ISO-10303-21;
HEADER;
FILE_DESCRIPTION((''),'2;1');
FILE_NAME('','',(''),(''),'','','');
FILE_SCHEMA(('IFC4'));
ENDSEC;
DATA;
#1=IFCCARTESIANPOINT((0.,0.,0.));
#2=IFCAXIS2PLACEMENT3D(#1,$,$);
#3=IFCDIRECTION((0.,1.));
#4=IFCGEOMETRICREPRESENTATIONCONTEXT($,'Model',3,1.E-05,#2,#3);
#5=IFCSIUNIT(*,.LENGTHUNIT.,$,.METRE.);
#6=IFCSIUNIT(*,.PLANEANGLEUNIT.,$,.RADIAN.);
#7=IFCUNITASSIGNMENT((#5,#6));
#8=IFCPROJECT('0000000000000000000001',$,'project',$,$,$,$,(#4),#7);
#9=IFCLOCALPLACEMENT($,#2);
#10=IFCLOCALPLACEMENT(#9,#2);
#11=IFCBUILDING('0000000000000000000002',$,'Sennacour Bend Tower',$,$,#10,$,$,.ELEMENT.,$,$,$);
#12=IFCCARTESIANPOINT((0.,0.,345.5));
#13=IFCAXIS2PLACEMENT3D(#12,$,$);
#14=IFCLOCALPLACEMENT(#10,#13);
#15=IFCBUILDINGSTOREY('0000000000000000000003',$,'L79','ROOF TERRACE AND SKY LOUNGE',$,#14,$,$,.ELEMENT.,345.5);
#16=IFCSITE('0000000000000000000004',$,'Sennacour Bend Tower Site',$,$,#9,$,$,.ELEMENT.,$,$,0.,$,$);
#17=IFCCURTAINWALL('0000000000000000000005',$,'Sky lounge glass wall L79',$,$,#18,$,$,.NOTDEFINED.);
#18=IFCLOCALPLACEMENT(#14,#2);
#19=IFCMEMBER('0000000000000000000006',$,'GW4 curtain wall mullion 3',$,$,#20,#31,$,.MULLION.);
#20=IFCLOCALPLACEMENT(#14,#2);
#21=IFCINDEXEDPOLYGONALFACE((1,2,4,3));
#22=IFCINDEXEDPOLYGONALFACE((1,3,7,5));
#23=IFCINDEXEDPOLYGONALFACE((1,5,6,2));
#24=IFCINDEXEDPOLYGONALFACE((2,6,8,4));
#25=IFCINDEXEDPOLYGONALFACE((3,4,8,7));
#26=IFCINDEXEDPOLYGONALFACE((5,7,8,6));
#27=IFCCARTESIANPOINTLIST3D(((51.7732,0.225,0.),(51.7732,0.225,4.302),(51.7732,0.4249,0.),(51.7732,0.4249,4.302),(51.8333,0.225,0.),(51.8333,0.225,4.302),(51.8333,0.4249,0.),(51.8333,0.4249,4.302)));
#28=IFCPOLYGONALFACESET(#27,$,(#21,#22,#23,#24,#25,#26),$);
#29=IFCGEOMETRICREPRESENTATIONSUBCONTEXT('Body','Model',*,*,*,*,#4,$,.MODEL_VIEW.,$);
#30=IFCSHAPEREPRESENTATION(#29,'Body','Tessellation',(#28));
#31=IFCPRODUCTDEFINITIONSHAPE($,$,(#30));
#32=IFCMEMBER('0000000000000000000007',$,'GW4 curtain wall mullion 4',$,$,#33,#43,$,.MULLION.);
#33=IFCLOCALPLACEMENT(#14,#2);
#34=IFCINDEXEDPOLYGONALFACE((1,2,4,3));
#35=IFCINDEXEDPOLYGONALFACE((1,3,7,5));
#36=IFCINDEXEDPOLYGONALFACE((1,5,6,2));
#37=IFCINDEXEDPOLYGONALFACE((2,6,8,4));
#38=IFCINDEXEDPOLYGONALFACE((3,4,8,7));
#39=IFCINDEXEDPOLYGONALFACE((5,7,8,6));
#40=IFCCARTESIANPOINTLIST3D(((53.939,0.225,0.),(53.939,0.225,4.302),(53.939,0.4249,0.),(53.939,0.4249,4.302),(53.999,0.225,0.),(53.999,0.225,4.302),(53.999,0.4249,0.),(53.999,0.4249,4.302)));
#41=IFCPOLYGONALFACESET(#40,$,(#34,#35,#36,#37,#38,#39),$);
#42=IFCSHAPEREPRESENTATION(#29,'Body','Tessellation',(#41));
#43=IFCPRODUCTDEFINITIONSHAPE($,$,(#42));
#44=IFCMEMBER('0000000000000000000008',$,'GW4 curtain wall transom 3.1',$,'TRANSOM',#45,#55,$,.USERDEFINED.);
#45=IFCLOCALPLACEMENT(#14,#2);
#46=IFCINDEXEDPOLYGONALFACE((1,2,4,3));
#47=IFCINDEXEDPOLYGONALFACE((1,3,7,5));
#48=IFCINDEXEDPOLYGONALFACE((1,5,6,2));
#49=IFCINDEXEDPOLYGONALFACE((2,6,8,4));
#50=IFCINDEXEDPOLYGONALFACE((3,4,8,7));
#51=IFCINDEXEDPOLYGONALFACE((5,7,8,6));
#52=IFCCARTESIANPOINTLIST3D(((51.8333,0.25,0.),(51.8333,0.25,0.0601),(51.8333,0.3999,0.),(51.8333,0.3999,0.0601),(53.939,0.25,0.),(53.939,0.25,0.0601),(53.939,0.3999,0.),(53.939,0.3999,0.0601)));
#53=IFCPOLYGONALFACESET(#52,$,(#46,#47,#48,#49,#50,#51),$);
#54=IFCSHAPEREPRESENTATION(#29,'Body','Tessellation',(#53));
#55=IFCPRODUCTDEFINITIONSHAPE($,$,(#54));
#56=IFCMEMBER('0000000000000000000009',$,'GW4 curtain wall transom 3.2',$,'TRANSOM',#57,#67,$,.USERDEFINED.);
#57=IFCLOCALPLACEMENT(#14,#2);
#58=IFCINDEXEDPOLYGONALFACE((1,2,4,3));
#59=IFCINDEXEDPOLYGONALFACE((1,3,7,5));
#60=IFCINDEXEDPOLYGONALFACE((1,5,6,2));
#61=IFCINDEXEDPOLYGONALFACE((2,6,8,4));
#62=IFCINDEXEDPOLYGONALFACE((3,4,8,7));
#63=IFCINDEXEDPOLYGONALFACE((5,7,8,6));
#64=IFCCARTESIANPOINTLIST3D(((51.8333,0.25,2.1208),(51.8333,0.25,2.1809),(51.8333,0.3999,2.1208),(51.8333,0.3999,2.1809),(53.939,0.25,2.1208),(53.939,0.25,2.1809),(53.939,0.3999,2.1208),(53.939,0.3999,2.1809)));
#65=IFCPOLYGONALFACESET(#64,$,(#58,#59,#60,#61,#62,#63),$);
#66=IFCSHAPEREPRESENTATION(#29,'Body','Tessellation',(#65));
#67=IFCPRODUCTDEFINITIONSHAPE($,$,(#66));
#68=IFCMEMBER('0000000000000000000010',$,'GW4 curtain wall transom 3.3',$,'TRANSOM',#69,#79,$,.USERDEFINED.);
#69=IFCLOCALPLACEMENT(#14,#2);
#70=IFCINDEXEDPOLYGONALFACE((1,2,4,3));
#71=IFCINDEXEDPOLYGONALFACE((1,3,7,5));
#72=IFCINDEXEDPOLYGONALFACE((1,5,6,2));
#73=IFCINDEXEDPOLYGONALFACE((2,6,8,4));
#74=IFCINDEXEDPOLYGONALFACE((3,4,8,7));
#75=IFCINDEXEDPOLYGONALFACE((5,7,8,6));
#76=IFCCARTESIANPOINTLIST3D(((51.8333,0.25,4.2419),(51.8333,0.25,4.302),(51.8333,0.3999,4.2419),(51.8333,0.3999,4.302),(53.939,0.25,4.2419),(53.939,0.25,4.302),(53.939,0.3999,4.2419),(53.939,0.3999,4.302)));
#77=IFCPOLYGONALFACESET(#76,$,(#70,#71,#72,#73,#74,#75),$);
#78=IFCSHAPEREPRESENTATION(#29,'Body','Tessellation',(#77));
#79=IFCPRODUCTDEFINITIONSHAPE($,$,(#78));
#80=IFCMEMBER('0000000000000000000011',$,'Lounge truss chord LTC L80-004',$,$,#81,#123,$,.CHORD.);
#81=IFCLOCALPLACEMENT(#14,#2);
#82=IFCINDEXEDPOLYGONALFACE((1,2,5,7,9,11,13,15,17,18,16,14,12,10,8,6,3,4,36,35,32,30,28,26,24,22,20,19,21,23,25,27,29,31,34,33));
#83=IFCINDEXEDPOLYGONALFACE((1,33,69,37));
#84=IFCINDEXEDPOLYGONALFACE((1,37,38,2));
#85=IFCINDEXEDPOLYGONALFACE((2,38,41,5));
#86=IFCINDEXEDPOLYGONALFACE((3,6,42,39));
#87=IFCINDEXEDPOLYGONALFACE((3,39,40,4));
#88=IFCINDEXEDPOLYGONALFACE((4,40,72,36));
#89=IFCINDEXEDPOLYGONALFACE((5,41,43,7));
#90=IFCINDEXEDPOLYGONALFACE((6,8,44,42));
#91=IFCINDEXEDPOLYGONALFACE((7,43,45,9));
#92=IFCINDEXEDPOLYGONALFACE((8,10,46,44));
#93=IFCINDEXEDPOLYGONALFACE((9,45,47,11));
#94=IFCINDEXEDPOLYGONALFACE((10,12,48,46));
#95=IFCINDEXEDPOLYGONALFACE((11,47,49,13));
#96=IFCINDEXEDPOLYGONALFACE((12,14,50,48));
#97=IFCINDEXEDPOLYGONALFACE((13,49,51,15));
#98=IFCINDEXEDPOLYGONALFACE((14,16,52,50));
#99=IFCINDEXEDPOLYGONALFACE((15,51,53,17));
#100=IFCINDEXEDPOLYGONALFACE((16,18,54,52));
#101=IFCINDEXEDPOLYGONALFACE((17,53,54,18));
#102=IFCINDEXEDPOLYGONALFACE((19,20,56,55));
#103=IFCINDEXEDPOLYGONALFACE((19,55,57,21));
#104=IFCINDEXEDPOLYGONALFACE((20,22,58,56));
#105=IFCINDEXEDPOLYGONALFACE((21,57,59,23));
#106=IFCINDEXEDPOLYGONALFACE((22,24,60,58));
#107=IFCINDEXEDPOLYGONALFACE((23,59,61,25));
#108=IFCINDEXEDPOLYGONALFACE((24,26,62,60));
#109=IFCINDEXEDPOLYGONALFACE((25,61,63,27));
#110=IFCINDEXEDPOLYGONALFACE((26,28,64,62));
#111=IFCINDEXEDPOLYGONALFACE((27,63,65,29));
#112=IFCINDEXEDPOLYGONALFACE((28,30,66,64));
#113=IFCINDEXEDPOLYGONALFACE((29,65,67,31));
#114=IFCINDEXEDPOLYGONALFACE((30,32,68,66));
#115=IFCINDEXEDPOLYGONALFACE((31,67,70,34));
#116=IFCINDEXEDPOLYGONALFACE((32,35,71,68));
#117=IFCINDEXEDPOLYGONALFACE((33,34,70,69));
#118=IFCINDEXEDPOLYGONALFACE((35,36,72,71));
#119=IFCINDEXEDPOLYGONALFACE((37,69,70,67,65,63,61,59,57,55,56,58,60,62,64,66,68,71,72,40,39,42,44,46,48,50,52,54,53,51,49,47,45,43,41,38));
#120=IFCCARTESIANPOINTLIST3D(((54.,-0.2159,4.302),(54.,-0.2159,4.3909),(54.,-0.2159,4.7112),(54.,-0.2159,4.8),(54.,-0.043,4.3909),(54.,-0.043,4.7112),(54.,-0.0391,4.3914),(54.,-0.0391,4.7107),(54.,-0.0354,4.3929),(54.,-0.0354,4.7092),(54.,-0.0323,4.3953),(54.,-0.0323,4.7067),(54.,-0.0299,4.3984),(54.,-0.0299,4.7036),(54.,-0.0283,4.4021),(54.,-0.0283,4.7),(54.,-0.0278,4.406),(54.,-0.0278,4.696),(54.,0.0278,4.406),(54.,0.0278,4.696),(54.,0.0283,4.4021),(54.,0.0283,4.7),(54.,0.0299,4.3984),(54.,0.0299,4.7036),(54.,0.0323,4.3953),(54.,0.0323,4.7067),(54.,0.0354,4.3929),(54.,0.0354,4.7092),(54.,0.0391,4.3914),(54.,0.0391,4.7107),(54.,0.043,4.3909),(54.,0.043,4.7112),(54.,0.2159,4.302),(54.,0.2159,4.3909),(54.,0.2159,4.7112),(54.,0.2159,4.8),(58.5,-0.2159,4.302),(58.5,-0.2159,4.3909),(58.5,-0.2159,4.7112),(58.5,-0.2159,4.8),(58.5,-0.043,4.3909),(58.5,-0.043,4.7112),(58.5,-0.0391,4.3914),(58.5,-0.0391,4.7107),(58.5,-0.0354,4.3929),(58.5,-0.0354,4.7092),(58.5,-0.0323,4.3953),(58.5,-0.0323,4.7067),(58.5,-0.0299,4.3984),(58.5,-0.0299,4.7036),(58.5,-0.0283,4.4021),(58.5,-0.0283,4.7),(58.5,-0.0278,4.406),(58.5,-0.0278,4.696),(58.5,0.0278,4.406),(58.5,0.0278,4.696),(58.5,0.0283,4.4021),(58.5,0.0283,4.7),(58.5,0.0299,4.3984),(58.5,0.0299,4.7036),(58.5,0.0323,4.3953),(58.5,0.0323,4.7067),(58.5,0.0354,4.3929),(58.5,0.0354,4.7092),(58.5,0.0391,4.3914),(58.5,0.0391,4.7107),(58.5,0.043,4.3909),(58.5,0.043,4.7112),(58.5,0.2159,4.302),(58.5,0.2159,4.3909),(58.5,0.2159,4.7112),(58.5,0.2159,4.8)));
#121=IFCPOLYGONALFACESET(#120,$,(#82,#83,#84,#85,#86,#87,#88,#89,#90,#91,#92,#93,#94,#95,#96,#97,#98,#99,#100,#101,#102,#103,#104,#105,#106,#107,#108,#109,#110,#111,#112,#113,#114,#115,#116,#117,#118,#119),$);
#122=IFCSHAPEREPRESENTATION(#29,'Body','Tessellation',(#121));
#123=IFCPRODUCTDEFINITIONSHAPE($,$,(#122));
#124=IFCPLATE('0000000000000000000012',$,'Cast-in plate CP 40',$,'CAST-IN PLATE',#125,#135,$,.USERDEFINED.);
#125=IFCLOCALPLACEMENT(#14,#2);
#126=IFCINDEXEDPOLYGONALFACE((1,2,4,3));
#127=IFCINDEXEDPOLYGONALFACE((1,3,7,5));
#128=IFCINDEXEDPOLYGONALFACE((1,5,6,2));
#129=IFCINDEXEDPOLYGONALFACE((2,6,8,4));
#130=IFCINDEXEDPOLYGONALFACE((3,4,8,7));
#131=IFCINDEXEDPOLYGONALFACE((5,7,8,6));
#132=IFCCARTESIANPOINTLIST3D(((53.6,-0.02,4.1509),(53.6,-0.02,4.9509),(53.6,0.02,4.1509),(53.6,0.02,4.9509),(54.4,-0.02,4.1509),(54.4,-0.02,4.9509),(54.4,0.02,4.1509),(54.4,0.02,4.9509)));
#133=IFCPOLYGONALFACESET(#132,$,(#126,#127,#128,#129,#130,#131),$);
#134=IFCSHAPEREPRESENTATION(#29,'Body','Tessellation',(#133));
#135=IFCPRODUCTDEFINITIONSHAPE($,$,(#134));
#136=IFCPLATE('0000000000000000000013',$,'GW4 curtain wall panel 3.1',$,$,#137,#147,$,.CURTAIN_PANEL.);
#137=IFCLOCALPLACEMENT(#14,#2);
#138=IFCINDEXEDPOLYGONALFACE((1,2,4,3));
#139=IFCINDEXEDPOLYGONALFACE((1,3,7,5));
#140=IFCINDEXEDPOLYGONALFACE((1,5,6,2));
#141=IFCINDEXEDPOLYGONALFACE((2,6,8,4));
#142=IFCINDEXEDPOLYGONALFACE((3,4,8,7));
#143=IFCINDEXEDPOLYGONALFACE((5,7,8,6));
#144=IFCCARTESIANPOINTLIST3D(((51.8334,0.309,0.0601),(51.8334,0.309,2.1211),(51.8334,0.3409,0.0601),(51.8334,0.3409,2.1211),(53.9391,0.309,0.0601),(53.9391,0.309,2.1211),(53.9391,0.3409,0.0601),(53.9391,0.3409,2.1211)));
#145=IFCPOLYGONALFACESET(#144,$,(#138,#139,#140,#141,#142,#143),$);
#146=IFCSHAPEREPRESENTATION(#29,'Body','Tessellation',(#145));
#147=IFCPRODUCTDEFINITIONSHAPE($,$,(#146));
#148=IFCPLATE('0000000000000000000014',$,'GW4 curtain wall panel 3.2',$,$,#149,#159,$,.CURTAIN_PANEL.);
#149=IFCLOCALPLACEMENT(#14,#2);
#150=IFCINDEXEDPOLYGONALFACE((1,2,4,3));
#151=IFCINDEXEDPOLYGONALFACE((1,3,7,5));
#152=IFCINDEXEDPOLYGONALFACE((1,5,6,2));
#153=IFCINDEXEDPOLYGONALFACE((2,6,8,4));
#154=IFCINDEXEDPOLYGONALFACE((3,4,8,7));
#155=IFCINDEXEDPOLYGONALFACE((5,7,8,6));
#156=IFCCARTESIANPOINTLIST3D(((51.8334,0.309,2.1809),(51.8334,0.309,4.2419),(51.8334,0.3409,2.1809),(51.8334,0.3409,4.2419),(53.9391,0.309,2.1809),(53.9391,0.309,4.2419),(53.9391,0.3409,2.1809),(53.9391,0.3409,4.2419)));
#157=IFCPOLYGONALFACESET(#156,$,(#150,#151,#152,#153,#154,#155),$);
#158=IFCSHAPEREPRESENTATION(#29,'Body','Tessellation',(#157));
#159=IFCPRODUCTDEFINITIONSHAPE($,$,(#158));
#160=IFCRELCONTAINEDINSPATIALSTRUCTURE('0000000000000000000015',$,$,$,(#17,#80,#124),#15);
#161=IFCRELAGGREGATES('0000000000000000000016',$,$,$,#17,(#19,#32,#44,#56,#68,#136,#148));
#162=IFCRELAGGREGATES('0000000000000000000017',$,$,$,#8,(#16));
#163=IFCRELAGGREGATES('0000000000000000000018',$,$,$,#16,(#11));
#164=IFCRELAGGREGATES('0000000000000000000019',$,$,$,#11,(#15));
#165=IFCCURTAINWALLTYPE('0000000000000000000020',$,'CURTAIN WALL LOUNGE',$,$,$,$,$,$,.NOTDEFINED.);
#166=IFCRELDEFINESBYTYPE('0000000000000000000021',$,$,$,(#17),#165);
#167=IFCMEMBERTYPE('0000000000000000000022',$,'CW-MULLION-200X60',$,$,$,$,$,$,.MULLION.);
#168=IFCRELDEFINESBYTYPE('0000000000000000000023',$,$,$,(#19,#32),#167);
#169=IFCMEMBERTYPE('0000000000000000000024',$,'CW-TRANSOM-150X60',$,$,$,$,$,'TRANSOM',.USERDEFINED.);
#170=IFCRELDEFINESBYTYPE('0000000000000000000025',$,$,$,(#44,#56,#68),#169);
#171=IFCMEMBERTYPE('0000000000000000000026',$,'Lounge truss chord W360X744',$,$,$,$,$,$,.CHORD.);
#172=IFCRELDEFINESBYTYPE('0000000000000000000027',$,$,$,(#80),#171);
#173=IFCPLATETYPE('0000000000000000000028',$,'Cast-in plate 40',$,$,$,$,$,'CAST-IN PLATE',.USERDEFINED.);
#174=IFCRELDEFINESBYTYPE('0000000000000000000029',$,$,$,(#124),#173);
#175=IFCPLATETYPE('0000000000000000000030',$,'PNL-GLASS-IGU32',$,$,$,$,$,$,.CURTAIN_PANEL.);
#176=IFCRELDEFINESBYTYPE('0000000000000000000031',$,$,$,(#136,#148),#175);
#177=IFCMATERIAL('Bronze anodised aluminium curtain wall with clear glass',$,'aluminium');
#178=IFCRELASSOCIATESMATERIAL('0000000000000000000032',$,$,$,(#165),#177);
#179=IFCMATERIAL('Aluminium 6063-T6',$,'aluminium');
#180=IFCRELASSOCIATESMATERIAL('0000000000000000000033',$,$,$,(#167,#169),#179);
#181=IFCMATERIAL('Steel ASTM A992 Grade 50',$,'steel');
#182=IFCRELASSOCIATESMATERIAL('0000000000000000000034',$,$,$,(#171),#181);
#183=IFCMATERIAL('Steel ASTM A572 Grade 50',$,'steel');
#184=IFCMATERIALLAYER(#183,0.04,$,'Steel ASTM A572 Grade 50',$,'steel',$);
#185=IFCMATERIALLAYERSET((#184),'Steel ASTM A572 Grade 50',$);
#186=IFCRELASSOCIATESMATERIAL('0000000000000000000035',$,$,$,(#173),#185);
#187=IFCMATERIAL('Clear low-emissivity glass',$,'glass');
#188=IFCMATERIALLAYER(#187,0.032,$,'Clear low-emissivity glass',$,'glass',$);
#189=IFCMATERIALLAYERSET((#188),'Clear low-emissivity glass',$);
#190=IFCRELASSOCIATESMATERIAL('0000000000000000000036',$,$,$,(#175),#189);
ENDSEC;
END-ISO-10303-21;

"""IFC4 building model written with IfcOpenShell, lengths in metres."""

from ifc_helpers import new_model, si_unit, direction, frame, origin, origin_2d, place, context, subcontext, project, spatial, rectangle, i_section, extrude, material, layer, layer_set, material_profile, profile_set, type_object, element, aggregate, save


model = new_model("IFC4")

# Units and contexts
model_context = context("Model", 3, precision=1e-05, world=origin(), true_north=direction((0.0, 1.0)))
body_context = subcontext(model_context, "Body", "Model", "MODEL_VIEW")
ifc_project = project(units=[si_unit("LENGTHUNIT", "METRE"), si_unit("PLANEANGLEUNIT", "RADIAN")], contexts=[model_context])

# Site, building, storey
site_placement = place(None, origin())
site = spatial("IfcSite", under=ifc_project, at=site_placement, Name="Sennacour Bend Tower Site", CompositionType="ELEMENT", RefElevation=0.0)
building_placement = place(site_placement, origin())
building = spatial("IfcBuilding", under=site, at=building_placement, Name="Sennacour Bend Tower", CompositionType="ELEMENT")
storey_placement = place(building_placement, frame((0.0, 0.0, 345.5)))
storey = spatial("IfcBuildingStorey", under=building, at=storey_placement, Name="L79", Description="ROOF TERRACE AND SKY LOUNGE", CompositionType="ELEMENT", Elevation=345.5)

# Curtain wall, members
ifc_material_1 = material(Name="Bronze anodised aluminium curtain wall with clear glass", Category="aluminium")
curtain_wall_type = type_object("IfcCurtainWallType", Name="CURTAIN WALL LOUNGE", PredefinedType="NOTDEFINED", material=ifc_material_1)
curtain_wall_placement = place(storey_placement, origin())
curtain_wall = element("IfcCurtainWall", 1, at=curtain_wall_placement, inside=storey, type_object=curtain_wall_type, Name="Sky lounge glass wall L79", PredefinedType="NOTDEFINED")
ifc_material_2 = material(Name="Aluminium 6063-T6", Category="aluminium")
ifc_material_profile_1 = material_profile(ifc_material_2, rectangle(XDim=0.2, YDim=0.0601, at=origin_2d()), Name="Aluminium 6063-T6", Category="aluminium")
ifc_profile_set_1 = profile_set([ifc_material_profile_1], Name="Aluminium 6063-T6")
member_type_1 = type_object("IfcMemberType", Name="CW-MULLION-200X60", PredefinedType="MULLION", material=ifc_profile_set_1)
member_1_placement = place(storey_placement, frame((51.8032, 0.325, 0.0), z_axis=(0.0, 0.0, 1.0), x_axis=(0.0, 1.0, 0.0)))
member_1 = element("IfcMember", 2, at=member_1_placement, type_object=member_type_1, Name="GW4 curtain wall mullion 3", PredefinedType="MULLION", context=body_context, shape_type="SweptSolid", body=[
    extrude(rectangle(XDim=0.2, YDim=0.0601, at=origin_2d()), origin(), (0.0, 0.0, 1.0), 4.302),
])
member_2_placement = place(storey_placement, frame((53.969, 0.325, 0.0), z_axis=(0.0, 0.0, 1.0), x_axis=(0.0, 1.0, 0.0)))
member_2 = element("IfcMember", 3, at=member_2_placement, type_object=member_type_1, Name="GW4 curtain wall mullion 4", PredefinedType="MULLION", context=body_context, shape_type="SweptSolid", body=[
    extrude(rectangle(XDim=0.2, YDim=0.0601, at=origin_2d()), origin(), (0.0, 0.0, 1.0), 4.302),
])
ifc_material_profile_2 = material_profile(ifc_material_2, rectangle(XDim=0.1499, YDim=0.0601, at=origin_2d()), Name="Aluminium 6063-T6", Category="aluminium")
ifc_profile_set_2 = profile_set([ifc_material_profile_2], Name="Aluminium 6063-T6")
member_type_2 = type_object("IfcMemberType", Name="CW-TRANSOM-150X60", ElementType="TRANSOM", PredefinedType="USERDEFINED", material=ifc_profile_set_2)
member_3_placement = place(storey_placement, frame((51.8333, 0.325, 0.03), z_axis=(1.0, 0.0, 0.0), x_axis=(0.0, 1.0, 0.0)))
member_3 = element("IfcMember", 4, at=member_3_placement, type_object=member_type_2, Name="GW4 curtain wall transom 3.1", ObjectType="TRANSOM", PredefinedType="USERDEFINED", context=body_context, shape_type="SweptSolid", body=[
    extrude(rectangle(XDim=0.1499, YDim=0.0601, at=origin_2d()), origin(), (0.0, 0.0, 1.0), 2.1057),
])
member_4_placement = place(storey_placement, frame((51.8333, 0.325, 2.1509), z_axis=(1.0, 0.0, 0.0), x_axis=(0.0, 1.0, 0.0)))
member_4 = element("IfcMember", 5, at=member_4_placement, type_object=member_type_2, Name="GW4 curtain wall transom 3.2", ObjectType="TRANSOM", PredefinedType="USERDEFINED", context=body_context, shape_type="SweptSolid", body=[
    extrude(rectangle(XDim=0.1499, YDim=0.0601, at=origin_2d()), origin(), (0.0, 0.0, 1.0), 2.1057),
])
member_5_placement = place(storey_placement, frame((51.8333, 0.325, 4.272), z_axis=(1.0, 0.0, 0.0), x_axis=(0.0, 1.0, 0.0)))
member_5 = element("IfcMember", 6, at=member_5_placement, type_object=member_type_2, Name="GW4 curtain wall transom 3.3", ObjectType="TRANSOM", PredefinedType="USERDEFINED", context=body_context, shape_type="SweptSolid", body=[
    extrude(rectangle(XDim=0.1499, YDim=0.0601, at=origin_2d()), origin(), (0.0, 0.0, 1.0), 2.1057),
])

# Member
ifc_material_3 = material(Name="Steel ASTM A992 Grade 50", Category="steel")
ifc_material_profile_3 = material_profile(ifc_material_3, i_section(OverallWidth=0.4319, OverallDepth=0.498, WebThickness=0.0557, FlangeThickness=0.0889, FilletRadius=0.0151, at=origin_2d()), Name="Steel ASTM A992 Grade 50", Category="steel")
ifc_profile_set_3 = profile_set([ifc_material_profile_3], Name="Steel ASTM A992 Grade 50")
member_type_3 = type_object("IfcMemberType", Name="Lounge truss chord W360X744", PredefinedType="CHORD", material=ifc_profile_set_3)
member_6_placement = place(storey_placement, frame((54.0, 0.0, 4.551), z_axis=(1.0, 0.0, 0.0), x_axis=(0.0, 1.0, 0.0)))
element("IfcMember", 7, at=member_6_placement, inside=storey, type_object=member_type_3, Name="Lounge truss chord LTC L80-004", PredefinedType="CHORD", context=body_context, shape_type="SweptSolid", body=[
    extrude(i_section(OverallWidth=0.4319, OverallDepth=0.498, WebThickness=0.0557, FlangeThickness=0.0889, FilletRadius=0.0151, at=origin_2d()), origin(), (0.0, 0.0, 1.0), 4.5),
])

# Plates
ifc_material_4 = material(Name="Steel ASTM A572 Grade 50", Category="steel")
ifc_layer_1 = layer(ifc_material_4, 0.04, Name="Steel ASTM A572 Grade 50", Category="steel")
ifc_layer_set_1 = layer_set([ifc_layer_1], Name="Steel ASTM A572 Grade 50")
plate_type_1 = type_object("IfcPlateType", Name="Cast-in plate 40", ElementType="CAST-IN PLATE", PredefinedType="USERDEFINED", material=ifc_layer_set_1)
plate_1_placement = place(storey_placement, frame((54.0, 0.0, 4.1509), z_axis=(0.0, 0.0, 1.0), x_axis=(1.0, 0.0, 0.0)))
element("IfcPlate", 8, at=plate_1_placement, inside=storey, type_object=plate_type_1, Name="Cast-in plate CP 40", ObjectType="CAST-IN PLATE", PredefinedType="USERDEFINED", context=body_context, shape_type="SweptSolid", body=[
    extrude(rectangle(XDim=0.8, YDim=0.04, at=origin_2d()), origin(), (0.0, 0.0, 1.0), 0.8),
])
ifc_material_5 = material(Name="Clear low-emissivity glass", Category="glass")
ifc_layer_2 = layer(ifc_material_5, 0.032, Name="Clear low-emissivity glass", Category="glass")
ifc_layer_set_2 = layer_set([ifc_layer_2], Name="Clear low-emissivity glass")
plate_type_2 = type_object("IfcPlateType", Name="PNL-GLASS-IGU32", PredefinedType="CURTAIN_PANEL", material=ifc_layer_set_2)
plate_2_placement = place(storey_placement, frame((52.8862, 0.325, 0.0601), z_axis=(0.0, 0.0, 1.0), x_axis=(1.0, 0.0, 0.0)))
plate_2 = element("IfcPlate", 9, at=plate_2_placement, type_object=plate_type_2, Name="GW4 curtain wall panel 3.1", PredefinedType="CURTAIN_PANEL", context=body_context, shape_type="SweptSolid", body=[
    extrude(rectangle(XDim=2.1057, YDim=0.032, at=origin_2d()), origin(), (0.0, 0.0, 1.0), 2.061),
])
plate_3_placement = place(storey_placement, frame((52.8862, 0.325, 2.1809), z_axis=(0.0, 0.0, 1.0), x_axis=(1.0, 0.0, 0.0)))
plate_3 = element("IfcPlate", 10, at=plate_3_placement, type_object=plate_type_2, Name="GW4 curtain wall panel 3.2", PredefinedType="CURTAIN_PANEL", context=body_context, shape_type="SweptSolid", body=[
    extrude(rectangle(XDim=2.1057, YDim=0.032, at=origin_2d()), origin(), (0.0, 0.0, 1.0), 2.061),
])
aggregate(curtain_wall, [member_1, member_2, member_3, member_4, member_5, plate_2, plate_3])

save(model, "model.ifc")
